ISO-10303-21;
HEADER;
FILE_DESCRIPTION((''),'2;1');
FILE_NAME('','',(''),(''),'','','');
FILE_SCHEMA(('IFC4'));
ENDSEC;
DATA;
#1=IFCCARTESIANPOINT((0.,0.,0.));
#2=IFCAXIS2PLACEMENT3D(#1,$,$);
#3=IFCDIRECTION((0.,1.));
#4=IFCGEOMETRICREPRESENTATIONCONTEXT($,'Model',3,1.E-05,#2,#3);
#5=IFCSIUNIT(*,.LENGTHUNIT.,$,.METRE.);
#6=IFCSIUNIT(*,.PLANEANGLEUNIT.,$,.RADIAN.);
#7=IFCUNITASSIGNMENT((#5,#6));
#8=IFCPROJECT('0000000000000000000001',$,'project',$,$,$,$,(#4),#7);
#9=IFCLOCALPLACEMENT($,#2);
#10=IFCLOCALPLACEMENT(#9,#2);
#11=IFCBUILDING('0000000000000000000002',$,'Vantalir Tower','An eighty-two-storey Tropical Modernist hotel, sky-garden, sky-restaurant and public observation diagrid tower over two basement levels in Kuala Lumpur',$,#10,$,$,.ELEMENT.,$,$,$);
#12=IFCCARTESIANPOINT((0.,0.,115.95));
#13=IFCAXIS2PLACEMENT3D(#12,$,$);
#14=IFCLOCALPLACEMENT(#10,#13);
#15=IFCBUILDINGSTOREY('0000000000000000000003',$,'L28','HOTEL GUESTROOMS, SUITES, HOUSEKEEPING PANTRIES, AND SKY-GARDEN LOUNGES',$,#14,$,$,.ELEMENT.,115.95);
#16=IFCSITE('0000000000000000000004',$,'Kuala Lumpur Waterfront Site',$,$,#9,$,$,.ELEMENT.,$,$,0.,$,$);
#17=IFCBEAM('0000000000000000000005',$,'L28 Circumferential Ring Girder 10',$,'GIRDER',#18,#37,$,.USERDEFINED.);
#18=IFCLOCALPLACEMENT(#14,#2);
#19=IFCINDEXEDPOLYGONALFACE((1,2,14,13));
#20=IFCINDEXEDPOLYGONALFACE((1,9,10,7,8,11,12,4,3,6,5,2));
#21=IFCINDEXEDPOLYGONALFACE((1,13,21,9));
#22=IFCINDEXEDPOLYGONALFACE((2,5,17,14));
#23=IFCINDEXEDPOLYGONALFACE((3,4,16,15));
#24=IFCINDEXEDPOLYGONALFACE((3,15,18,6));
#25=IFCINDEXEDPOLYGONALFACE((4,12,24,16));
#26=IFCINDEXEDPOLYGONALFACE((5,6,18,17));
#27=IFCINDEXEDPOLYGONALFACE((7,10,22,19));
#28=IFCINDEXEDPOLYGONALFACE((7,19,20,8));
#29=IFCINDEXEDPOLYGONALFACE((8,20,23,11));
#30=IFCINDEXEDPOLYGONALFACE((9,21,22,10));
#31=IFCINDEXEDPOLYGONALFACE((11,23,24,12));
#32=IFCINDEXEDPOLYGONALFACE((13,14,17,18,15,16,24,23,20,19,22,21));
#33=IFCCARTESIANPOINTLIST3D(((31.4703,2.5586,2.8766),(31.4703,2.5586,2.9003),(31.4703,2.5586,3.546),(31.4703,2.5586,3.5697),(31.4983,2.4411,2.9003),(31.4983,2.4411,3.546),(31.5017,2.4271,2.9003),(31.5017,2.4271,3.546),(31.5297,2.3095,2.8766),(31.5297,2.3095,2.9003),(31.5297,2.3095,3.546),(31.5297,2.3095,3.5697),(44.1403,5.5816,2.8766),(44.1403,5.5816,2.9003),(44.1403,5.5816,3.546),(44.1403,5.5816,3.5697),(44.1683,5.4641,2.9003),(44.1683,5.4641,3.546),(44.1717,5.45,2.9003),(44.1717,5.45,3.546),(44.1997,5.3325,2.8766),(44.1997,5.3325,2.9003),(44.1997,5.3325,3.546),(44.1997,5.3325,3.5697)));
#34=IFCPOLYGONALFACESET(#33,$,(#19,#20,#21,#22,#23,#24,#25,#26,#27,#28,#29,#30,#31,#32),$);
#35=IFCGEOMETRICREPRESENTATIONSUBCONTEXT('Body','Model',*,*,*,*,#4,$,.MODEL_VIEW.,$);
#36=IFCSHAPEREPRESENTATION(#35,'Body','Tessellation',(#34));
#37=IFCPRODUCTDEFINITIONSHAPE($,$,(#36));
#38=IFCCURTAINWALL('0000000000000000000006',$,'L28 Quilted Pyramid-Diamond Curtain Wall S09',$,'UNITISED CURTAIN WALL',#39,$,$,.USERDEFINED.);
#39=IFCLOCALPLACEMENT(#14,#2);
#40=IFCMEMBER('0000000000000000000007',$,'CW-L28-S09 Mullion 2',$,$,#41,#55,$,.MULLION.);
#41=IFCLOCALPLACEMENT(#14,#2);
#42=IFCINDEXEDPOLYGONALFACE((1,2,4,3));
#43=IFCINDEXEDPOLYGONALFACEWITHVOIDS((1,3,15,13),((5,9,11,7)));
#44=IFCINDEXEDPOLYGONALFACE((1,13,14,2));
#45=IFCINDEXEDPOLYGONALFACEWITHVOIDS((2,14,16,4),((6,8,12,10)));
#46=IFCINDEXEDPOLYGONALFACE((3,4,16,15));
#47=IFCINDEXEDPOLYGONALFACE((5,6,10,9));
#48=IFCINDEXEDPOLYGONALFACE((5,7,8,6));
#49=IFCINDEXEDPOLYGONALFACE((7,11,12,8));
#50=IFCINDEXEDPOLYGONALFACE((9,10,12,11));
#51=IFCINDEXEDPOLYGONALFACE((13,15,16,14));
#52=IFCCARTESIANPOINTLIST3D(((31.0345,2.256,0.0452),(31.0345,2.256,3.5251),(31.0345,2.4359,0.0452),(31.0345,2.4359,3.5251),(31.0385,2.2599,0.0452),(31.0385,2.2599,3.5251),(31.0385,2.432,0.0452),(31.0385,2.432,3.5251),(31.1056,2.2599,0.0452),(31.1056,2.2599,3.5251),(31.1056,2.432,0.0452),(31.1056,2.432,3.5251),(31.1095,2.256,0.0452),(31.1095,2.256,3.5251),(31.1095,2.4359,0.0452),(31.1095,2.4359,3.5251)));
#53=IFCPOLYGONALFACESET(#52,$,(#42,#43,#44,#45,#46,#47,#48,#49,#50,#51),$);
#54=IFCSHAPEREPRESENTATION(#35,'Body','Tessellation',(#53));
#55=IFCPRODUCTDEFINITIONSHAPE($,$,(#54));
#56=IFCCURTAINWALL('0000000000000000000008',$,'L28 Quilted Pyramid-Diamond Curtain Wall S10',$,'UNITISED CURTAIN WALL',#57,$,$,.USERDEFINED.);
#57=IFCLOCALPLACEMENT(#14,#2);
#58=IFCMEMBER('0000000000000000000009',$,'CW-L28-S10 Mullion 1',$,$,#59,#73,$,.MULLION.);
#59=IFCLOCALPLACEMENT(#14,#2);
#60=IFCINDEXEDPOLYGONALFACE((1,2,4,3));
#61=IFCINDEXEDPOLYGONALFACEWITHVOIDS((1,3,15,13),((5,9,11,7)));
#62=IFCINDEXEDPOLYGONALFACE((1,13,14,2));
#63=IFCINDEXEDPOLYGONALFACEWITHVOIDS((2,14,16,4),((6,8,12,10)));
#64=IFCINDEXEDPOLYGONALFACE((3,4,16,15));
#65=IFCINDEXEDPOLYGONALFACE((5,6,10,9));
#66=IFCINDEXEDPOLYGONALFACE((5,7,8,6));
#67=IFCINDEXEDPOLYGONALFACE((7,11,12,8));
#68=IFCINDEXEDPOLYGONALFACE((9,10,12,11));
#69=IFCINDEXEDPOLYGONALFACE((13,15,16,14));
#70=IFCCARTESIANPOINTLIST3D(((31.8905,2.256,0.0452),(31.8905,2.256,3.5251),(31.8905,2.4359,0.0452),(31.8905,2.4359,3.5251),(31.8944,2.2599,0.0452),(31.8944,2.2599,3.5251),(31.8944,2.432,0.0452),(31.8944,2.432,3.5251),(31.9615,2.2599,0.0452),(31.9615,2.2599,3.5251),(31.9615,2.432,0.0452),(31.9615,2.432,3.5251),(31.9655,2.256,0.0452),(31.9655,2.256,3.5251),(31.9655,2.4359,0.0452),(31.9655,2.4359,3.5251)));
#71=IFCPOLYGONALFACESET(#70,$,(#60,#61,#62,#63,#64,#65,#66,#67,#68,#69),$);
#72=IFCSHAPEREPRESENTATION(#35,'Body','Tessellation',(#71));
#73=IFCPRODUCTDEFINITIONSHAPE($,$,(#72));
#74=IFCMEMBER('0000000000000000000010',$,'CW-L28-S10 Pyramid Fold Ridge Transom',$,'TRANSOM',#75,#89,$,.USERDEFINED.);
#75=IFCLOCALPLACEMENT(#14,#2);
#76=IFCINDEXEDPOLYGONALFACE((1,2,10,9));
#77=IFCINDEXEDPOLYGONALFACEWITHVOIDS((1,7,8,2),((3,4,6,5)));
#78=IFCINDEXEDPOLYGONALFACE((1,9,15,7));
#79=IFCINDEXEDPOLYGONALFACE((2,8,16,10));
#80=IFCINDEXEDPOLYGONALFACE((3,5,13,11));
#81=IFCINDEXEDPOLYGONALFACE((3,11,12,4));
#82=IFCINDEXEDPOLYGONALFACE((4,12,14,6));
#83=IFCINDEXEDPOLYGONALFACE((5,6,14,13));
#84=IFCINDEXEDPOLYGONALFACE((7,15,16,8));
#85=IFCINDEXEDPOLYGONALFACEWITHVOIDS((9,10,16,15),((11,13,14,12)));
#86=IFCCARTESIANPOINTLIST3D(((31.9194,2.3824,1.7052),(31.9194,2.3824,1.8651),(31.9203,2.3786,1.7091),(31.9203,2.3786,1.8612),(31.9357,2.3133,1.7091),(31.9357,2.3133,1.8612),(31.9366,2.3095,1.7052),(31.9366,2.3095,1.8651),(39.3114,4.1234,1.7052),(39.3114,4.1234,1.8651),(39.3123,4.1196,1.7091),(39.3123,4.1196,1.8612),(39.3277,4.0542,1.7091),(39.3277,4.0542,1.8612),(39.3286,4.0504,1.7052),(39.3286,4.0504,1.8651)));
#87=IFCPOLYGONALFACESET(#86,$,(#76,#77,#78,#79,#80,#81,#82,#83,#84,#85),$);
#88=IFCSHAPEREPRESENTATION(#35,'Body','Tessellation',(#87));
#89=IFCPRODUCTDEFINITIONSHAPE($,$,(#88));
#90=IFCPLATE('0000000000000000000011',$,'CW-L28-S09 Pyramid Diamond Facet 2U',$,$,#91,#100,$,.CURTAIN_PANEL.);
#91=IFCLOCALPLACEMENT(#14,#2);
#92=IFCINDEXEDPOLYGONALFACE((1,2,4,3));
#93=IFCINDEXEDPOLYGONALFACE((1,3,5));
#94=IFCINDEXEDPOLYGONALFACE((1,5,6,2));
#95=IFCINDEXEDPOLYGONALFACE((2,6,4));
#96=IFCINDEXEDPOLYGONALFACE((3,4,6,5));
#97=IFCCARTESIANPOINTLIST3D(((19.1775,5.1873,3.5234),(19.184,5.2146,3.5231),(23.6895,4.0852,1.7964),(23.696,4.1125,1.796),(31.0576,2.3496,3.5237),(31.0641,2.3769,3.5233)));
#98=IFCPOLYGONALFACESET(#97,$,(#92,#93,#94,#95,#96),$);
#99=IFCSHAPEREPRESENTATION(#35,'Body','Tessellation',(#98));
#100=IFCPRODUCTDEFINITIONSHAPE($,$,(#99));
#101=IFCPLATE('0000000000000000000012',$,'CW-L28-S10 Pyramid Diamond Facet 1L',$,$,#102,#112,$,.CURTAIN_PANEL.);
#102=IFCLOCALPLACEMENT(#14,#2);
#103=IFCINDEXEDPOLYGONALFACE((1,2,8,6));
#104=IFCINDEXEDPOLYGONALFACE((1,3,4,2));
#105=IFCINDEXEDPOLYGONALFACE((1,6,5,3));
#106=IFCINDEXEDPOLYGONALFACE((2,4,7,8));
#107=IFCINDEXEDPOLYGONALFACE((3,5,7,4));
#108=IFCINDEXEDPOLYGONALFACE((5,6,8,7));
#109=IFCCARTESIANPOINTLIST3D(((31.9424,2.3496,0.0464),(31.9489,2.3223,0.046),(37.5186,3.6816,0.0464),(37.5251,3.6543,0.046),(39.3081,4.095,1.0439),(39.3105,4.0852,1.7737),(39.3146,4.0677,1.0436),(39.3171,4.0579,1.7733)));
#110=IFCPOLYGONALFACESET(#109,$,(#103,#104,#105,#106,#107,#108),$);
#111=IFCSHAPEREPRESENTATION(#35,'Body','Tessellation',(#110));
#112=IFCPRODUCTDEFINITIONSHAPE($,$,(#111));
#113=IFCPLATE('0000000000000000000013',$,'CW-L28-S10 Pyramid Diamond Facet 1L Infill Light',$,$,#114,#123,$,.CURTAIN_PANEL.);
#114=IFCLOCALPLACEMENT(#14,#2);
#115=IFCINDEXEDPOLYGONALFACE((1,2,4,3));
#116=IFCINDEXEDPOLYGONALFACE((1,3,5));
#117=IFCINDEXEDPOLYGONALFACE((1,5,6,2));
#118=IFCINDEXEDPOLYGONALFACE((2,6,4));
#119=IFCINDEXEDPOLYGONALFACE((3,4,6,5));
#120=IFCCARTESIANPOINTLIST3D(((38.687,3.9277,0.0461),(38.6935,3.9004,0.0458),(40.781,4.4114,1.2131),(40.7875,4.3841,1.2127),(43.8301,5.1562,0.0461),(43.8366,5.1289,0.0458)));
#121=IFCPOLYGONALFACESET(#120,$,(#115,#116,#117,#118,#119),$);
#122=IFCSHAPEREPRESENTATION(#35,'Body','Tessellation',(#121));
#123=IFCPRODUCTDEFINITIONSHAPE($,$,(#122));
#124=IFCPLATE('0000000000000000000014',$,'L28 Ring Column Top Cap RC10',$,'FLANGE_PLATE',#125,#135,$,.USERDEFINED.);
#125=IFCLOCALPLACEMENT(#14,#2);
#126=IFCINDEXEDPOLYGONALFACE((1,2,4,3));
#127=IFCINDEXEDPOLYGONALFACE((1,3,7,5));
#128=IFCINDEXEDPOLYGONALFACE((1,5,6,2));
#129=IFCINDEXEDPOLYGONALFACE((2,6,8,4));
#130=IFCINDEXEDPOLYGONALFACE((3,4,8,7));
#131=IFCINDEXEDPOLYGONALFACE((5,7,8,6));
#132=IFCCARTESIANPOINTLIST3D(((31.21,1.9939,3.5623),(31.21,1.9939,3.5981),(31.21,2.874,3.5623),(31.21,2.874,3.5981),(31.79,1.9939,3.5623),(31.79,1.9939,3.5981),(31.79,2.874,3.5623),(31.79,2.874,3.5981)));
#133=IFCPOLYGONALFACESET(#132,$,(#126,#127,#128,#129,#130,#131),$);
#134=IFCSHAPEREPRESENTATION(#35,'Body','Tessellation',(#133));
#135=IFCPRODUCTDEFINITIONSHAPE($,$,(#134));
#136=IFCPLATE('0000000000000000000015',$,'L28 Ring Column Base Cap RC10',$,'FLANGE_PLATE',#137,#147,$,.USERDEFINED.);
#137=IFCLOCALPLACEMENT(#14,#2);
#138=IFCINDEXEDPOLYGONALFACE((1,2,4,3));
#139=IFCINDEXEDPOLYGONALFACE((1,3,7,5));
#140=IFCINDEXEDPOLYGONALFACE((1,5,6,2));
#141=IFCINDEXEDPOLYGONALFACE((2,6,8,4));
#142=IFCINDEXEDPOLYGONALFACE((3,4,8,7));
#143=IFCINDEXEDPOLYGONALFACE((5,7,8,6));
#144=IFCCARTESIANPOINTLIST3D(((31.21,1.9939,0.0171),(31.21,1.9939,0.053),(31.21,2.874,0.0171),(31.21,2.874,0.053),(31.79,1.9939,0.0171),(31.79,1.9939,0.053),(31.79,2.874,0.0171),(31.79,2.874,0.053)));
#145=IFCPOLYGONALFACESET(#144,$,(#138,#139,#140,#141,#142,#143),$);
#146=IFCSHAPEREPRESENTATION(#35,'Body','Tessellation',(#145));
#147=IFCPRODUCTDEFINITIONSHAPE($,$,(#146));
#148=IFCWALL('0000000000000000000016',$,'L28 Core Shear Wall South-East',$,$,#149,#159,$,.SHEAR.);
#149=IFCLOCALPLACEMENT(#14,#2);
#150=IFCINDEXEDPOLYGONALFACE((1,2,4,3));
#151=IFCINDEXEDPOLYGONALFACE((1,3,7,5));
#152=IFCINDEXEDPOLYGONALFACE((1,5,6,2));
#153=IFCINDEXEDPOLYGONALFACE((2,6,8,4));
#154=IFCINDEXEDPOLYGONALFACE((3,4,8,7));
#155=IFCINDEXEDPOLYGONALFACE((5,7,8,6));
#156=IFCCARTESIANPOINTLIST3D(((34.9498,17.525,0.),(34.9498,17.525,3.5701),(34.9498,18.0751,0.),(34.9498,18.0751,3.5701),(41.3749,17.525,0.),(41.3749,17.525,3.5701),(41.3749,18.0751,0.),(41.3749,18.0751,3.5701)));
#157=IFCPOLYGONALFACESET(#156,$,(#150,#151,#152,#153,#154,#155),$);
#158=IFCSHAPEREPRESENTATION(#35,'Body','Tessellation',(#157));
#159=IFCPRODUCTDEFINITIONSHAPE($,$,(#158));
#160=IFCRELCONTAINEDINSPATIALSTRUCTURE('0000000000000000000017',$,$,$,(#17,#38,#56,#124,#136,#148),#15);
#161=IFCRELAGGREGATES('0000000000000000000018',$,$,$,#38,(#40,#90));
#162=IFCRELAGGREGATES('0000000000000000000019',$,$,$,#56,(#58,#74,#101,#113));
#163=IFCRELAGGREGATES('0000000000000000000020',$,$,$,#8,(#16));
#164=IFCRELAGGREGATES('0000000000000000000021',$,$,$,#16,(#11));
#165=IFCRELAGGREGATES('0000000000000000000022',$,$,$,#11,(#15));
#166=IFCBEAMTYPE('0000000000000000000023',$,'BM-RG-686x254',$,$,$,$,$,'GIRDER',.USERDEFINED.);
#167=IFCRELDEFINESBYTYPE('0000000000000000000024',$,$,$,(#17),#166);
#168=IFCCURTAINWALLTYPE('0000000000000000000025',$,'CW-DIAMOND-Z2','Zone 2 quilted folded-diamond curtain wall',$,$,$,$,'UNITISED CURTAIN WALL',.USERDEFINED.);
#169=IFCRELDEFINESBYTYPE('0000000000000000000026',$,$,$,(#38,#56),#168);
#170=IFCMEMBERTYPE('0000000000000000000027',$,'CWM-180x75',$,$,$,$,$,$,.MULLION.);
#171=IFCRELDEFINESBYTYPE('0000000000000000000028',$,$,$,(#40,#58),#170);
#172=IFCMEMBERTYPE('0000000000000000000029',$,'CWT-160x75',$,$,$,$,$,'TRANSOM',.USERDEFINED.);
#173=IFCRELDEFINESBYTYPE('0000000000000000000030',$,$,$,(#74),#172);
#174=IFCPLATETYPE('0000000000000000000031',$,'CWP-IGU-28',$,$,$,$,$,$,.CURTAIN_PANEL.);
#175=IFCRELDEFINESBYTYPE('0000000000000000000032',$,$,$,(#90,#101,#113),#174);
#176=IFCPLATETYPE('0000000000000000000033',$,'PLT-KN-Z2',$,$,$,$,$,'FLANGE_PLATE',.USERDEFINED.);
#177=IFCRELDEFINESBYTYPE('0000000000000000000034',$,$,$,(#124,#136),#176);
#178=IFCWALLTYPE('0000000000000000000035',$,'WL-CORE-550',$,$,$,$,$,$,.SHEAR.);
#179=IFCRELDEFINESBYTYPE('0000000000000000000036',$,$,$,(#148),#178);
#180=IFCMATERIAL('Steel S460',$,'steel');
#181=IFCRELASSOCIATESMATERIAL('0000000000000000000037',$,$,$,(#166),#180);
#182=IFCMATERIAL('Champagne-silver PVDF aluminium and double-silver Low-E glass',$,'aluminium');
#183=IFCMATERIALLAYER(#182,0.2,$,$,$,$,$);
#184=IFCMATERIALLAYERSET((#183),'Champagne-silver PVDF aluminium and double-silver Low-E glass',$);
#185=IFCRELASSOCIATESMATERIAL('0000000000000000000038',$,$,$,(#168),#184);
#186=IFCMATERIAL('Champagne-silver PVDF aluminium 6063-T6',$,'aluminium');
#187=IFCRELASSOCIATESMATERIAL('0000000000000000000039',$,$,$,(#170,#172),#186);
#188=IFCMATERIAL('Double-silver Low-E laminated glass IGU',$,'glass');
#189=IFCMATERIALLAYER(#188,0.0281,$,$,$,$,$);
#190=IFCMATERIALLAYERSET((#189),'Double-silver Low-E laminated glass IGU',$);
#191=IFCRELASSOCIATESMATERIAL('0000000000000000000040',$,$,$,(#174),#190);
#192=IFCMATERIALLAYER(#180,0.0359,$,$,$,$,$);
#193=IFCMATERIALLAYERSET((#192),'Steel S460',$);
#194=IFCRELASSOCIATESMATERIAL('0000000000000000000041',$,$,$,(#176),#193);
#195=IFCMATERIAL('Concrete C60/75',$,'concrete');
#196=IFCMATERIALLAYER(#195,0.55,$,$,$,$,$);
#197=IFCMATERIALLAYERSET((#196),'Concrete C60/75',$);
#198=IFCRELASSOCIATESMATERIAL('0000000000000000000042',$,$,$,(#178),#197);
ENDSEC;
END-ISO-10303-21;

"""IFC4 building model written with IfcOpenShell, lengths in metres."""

from ifc_helpers import new_model, si_unit, direction, frame, frame_2d, origin, origin_2d, place, context, subcontext, project, spatial, polyline, rectangle, hollow_rectangle, i_section, outline, extrude, material, layer, layer_set, material_profile, profile_set, type_object, element, aggregate, save


model = new_model("IFC4")

# Units and contexts
model_context = context("Model", 3, precision=1e-05, world=origin(), true_north=direction((0.0, 1.0)))
body_context = subcontext(model_context, "Body", "Model", "MODEL_VIEW")
ifc_project = project(units=[si_unit("LENGTHUNIT", "METRE"), si_unit("PLANEANGLEUNIT", "RADIAN")], contexts=[model_context])

# Site, building, storey
site_placement = place(None, origin())
site = spatial("IfcSite", under=ifc_project, at=site_placement, Name="Kuala Lumpur Waterfront Site", CompositionType="ELEMENT", RefElevation=0.0)
building_placement = place(site_placement, origin())
building = spatial("IfcBuilding", under=site, at=building_placement, Name="Vantalir Tower", Description="An eighty-two-storey Tropical Modernist hotel, sky-garden, sky-restaurant and public observation diagrid tower over two basement levels in Kuala Lumpur", CompositionType="ELEMENT")
storey_placement = place(building_placement, frame((0.0, 0.0, 115.95)))
storey = spatial("IfcBuildingStorey", under=building, at=storey_placement, Name="L28", Description="HOTEL GUESTROOMS, SUITES, HOUSEKEEPING PANTRIES, AND SKY-GARDEN LOUNGES", CompositionType="ELEMENT", Elevation=115.95)

# Shared definitions
ifc_material_1 = material(Name="Concrete C60/75", Category="concrete")
ifc_material_2 = material(Name="Steel S460", Category="steel")

# Beam
ifc_material_profile_1 = material_profile(ifc_material_2, i_section(OverallWidth=0.2561, OverallDepth=0.6931, WebThickness=0.0144, FlangeThickness=0.0237, at=origin_2d()), Name="Steel S460")
ifc_profile_set_1 = profile_set([ifc_material_profile_1], Name="Steel S460")
beam_type_1 = type_object("IfcBeamType", Name="BM-RG-686x254", ElementType="GIRDER", PredefinedType="USERDEFINED", material=ifc_profile_set_1)
beam_1_placement = place(storey_placement, frame((31.5, 2.4341, 3.2231), z_axis=(0.972697, 0.232078, 0.0), x_axis=(-0.232078, 0.972697, 0.0)))
element("IfcBeam", 1, at=beam_1_placement, inside=storey, type_object=beam_type_1, Name="L28 Circumferential Ring Girder 10", ObjectType="GIRDER", PredefinedType="USERDEFINED", context=body_context, shape_type="SweptSolid", body=[
    extrude(i_section(OverallWidth=0.2561, OverallDepth=0.6931, WebThickness=0.0144, FlangeThickness=0.0237, at=origin_2d()), origin(), (0.0, 0.0, 1.0), 13.0256),
])

# Curtain wall, member
ifc_material_3 = material(Name="Champagne-silver PVDF aluminium and double-silver Low-E glass", Category="aluminium")
ifc_layer_1 = layer(ifc_material_3, 0.2)
ifc_layer_set_1 = layer_set([ifc_layer_1], Name="Champagne-silver PVDF aluminium and double-silver Low-E glass")
curtain_wall_type = type_object("IfcCurtainWallType", Name="CW-DIAMOND-Z2", Description="Zone 2 quilted folded-diamond curtain wall", ElementType="UNITISED CURTAIN WALL", PredefinedType="USERDEFINED", material=ifc_layer_set_1)
curtain_wall_1_placement = place(storey_placement, origin())
curtain_wall_1 = element("IfcCurtainWall", 2, at=curtain_wall_1_placement, inside=storey, type_object=curtain_wall_type, Name="L28 Quilted Pyramid-Diamond Curtain Wall S09", ObjectType="UNITISED CURTAIN WALL", PredefinedType="USERDEFINED")
ifc_material_4 = material(Name="Champagne-silver PVDF aluminium 6063-T6", Category="aluminium")
ifc_material_profile_2 = material_profile(ifc_material_4, hollow_rectangle(XDim=0.075, YDim=0.1799, WallThickness=0.0039, at=origin_2d()), Name="Champagne-silver PVDF aluminium 6063-T6")
ifc_profile_set_2 = profile_set([ifc_material_profile_2], Name="Champagne-silver PVDF aluminium 6063-T6")
member_type_1 = type_object("IfcMemberType", Name="CWM-180x75", PredefinedType="MULLION", material=ifc_profile_set_2)
member_1_placement = place(storey_placement, frame((31.072, 2.3459, 0.0452), z_axis=(0.0, 0.0, 1.0), x_axis=(1.0, 0.0, 0.0)))
member_1 = element("IfcMember", 3, at=member_1_placement, type_object=member_type_1, Name="CW-L28-S09 Mullion 2", PredefinedType="MULLION", context=body_context, shape_type="SweptSolid", body=[
    extrude(hollow_rectangle(XDim=0.075, YDim=0.1799, WallThickness=0.0039, at=origin_2d()), origin(), (0.0, 0.0, 1.0), 3.48),
])

# Curtain wall, members
curtain_wall_2_placement = place(storey_placement, origin())
curtain_wall_2 = element("IfcCurtainWall", 4, at=curtain_wall_2_placement, inside=storey, type_object=curtain_wall_type, Name="L28 Quilted Pyramid-Diamond Curtain Wall S10", ObjectType="UNITISED CURTAIN WALL", PredefinedType="USERDEFINED")
member_2_placement = place(storey_placement, frame((31.928, 2.3459, 0.0452), z_axis=(0.0, 0.0, 1.0), x_axis=(1.0, 0.0, 0.0)))
member_2 = element("IfcMember", 5, at=member_2_placement, type_object=member_type_1, Name="CW-L28-S10 Mullion 1", PredefinedType="MULLION", context=body_context, shape_type="SweptSolid", body=[
    extrude(hollow_rectangle(XDim=0.075, YDim=0.1799, WallThickness=0.0039, at=origin_2d()), origin(), (0.0, 0.0, 1.0), 3.48),
])
ifc_material_profile_3 = material_profile(ifc_material_4, hollow_rectangle(XDim=0.075, YDim=0.1599, WallThickness=0.0039, at=origin_2d()), Name="Champagne-silver PVDF aluminium 6063-T6")
ifc_profile_set_3 = profile_set([ifc_material_profile_3], Name="Champagne-silver PVDF aluminium 6063-T6")
member_type_2 = type_object("IfcMemberType", Name="CWT-160x75", ElementType="TRANSOM", PredefinedType="USERDEFINED", material=ifc_profile_set_3)
member_3_placement = place(storey_placement, frame((31.928, 2.3459, 1.7852), z_axis=(0.973369, 0.229245, 0.0), x_axis=(-0.229245, 0.973369, 0.0)))
member_3 = element("IfcMember", 6, at=member_3_placement, type_object=member_type_2, Name="CW-L28-S10 Pyramid Fold Ridge Transom", ObjectType="TRANSOM", PredefinedType="USERDEFINED", context=body_context, shape_type="SweptSolid", body=[
    extrude(hollow_rectangle(XDim=0.075, YDim=0.1599, WallThickness=0.0039, at=origin_2d()), origin(), (0.0, 0.0, 1.0), 7.5942),
])

# Plates
ifc_material_5 = material(Name="Double-silver Low-E laminated glass IGU", Category="glass")
ifc_layer_2 = layer(ifc_material_5, 0.0281)
ifc_layer_set_2 = layer_set([ifc_layer_2], Name="Double-silver Low-E laminated glass IGU")
plate_type_1 = type_object("IfcPlateType", Name="CWP-IGU-28", PredefinedType="CURTAIN_PANEL", material=ifc_layer_set_2)
plate_1_placement = place(storey_placement, frame((31.0576, 2.3496, 3.5237), z_axis=(-0.2323, -0.972548, 0.013705), x_axis=(-0.972639, 0.232321, -0.00002)))
plate_1 = element("IfcPlate", 7, at=plate_1_placement, type_object=plate_type_1, Name="CW-L28-S09 Pyramid Diamond Facet 2U", PredefinedType="CURTAIN_PANEL", context=body_context, shape_type="SweptSolid", body=[
    extrude(outline(polyline([(0.0, 0.0), (12.2143, 0.0), (7.5698, 1.7273), (0.0, 0.0)])), origin(), (0.0, 0.0, -1.0), 0.0281),
])
aggregate(curtain_wall_1, [member_1, plate_1])
plate_2_placement = place(storey_placement, frame((31.9424, 2.3496, 0.0464), z_axis=(-0.232319, 0.972542, 0.013797), x_axis=(0.972634, 0.232341, 0.0)))
plate_2 = element("IfcPlate", 8, at=plate_2_placement, type_object=plate_type_1, Name="CW-L28-S10 Pyramid Diamond Facet 1L", PredefinedType="CURTAIN_PANEL", context=body_context, shape_type="SweptSolid", body=[
    extrude(outline(polyline([(0.0, 0.0), (5.7331, 0.0), (7.5697, -0.9977), (7.5698, -1.7275), (0.0, 0.0)])), origin(), (0.0, 0.0, -1.0), 0.0281),
])
plate_3_placement = place(storey_placement, frame((38.687, 3.9277, 0.0461), z_axis=(-0.23231, 0.972544, 0.013789), x_axis=(0.972637, 0.232332, 0.0)))
plate_3 = element("IfcPlate", 9, at=plate_3_placement, type_object=plate_type_1, Name="CW-L28-S10 Pyramid Diamond Facet 1L Infill Light", PredefinedType="CURTAIN_PANEL", context=body_context, shape_type="SweptSolid", body=[
    extrude(outline(polyline([(0.0, 0.0), (5.2878, 0.0), (2.1491, -1.1671), (0.0, 0.0)])), origin(), (0.0, 0.0, -1.0), 0.0281),
])
aggregate(curtain_wall_2, [member_2, member_3, plate_2, plate_3])

# Plates
ifc_layer_3 = layer(ifc_material_2, 0.0359)
ifc_layer_set_3 = layer_set([ifc_layer_3], Name="Steel S460")
plate_type_2 = type_object("IfcPlateType", Name="PLT-KN-Z2", ElementType="FLANGE_PLATE", PredefinedType="USERDEFINED", material=ifc_layer_set_3)
for number, where, z_axis, x_axis, name in (
    (10, (31.21, 2.874, 3.5981), (0.0, 0.0, 1.0), (0.0, -1.0, 0.0), "L28 Ring Column Top Cap RC10"),
    (11, (31.21, 2.874, 0.053), (0.0, 0.0, 1.0), (0.0, -1.0, 0.0), "L28 Ring Column Base Cap RC10"),
):
    element("IfcPlate", number, at=place(storey_placement, frame(where, z_axis=z_axis, x_axis=x_axis)), inside=storey, type_object=plate_type_2, Name=name, ObjectType="FLANGE_PLATE", PredefinedType="USERDEFINED", context=body_context, shape_type="SweptSolid", body=[
        extrude(outline(polyline([(0.0, 0.0), (0.8801, 0.0), (0.8801, 0.5801), (0.0, 0.5801), (0.0, 0.0)])), origin(), (0.0, 0.0, -1.0), 0.0359),
    ])

# Wall
ifc_layer_4 = layer(ifc_material_1, 0.55)
ifc_layer_set_4 = layer_set([ifc_layer_4], Name="Concrete C60/75")
wall_type_1 = type_object("IfcWallType", Name="WL-CORE-550", PredefinedType="SHEAR", material=ifc_layer_set_4)
wall_1_placement = place(storey_placement, frame((34.95, 17.8, 0.0), z_axis=(0.0, 0.0, 1.0), x_axis=(1.0, 0.0, 0.0)))
element("IfcWall", 12, at=wall_1_placement, inside=storey, type_object=wall_type_1, Name="L28 Core Shear Wall South-East", PredefinedType="SHEAR", context=body_context, shape_type="SweptSolid", body=[
    extrude(rectangle(XDim=6.425, YDim=0.55, at=frame_2d((3.2124, 0.0))), origin(), (0.0, 0.0, 1.0), 3.5701),
])

save(model, "model.ifc")
